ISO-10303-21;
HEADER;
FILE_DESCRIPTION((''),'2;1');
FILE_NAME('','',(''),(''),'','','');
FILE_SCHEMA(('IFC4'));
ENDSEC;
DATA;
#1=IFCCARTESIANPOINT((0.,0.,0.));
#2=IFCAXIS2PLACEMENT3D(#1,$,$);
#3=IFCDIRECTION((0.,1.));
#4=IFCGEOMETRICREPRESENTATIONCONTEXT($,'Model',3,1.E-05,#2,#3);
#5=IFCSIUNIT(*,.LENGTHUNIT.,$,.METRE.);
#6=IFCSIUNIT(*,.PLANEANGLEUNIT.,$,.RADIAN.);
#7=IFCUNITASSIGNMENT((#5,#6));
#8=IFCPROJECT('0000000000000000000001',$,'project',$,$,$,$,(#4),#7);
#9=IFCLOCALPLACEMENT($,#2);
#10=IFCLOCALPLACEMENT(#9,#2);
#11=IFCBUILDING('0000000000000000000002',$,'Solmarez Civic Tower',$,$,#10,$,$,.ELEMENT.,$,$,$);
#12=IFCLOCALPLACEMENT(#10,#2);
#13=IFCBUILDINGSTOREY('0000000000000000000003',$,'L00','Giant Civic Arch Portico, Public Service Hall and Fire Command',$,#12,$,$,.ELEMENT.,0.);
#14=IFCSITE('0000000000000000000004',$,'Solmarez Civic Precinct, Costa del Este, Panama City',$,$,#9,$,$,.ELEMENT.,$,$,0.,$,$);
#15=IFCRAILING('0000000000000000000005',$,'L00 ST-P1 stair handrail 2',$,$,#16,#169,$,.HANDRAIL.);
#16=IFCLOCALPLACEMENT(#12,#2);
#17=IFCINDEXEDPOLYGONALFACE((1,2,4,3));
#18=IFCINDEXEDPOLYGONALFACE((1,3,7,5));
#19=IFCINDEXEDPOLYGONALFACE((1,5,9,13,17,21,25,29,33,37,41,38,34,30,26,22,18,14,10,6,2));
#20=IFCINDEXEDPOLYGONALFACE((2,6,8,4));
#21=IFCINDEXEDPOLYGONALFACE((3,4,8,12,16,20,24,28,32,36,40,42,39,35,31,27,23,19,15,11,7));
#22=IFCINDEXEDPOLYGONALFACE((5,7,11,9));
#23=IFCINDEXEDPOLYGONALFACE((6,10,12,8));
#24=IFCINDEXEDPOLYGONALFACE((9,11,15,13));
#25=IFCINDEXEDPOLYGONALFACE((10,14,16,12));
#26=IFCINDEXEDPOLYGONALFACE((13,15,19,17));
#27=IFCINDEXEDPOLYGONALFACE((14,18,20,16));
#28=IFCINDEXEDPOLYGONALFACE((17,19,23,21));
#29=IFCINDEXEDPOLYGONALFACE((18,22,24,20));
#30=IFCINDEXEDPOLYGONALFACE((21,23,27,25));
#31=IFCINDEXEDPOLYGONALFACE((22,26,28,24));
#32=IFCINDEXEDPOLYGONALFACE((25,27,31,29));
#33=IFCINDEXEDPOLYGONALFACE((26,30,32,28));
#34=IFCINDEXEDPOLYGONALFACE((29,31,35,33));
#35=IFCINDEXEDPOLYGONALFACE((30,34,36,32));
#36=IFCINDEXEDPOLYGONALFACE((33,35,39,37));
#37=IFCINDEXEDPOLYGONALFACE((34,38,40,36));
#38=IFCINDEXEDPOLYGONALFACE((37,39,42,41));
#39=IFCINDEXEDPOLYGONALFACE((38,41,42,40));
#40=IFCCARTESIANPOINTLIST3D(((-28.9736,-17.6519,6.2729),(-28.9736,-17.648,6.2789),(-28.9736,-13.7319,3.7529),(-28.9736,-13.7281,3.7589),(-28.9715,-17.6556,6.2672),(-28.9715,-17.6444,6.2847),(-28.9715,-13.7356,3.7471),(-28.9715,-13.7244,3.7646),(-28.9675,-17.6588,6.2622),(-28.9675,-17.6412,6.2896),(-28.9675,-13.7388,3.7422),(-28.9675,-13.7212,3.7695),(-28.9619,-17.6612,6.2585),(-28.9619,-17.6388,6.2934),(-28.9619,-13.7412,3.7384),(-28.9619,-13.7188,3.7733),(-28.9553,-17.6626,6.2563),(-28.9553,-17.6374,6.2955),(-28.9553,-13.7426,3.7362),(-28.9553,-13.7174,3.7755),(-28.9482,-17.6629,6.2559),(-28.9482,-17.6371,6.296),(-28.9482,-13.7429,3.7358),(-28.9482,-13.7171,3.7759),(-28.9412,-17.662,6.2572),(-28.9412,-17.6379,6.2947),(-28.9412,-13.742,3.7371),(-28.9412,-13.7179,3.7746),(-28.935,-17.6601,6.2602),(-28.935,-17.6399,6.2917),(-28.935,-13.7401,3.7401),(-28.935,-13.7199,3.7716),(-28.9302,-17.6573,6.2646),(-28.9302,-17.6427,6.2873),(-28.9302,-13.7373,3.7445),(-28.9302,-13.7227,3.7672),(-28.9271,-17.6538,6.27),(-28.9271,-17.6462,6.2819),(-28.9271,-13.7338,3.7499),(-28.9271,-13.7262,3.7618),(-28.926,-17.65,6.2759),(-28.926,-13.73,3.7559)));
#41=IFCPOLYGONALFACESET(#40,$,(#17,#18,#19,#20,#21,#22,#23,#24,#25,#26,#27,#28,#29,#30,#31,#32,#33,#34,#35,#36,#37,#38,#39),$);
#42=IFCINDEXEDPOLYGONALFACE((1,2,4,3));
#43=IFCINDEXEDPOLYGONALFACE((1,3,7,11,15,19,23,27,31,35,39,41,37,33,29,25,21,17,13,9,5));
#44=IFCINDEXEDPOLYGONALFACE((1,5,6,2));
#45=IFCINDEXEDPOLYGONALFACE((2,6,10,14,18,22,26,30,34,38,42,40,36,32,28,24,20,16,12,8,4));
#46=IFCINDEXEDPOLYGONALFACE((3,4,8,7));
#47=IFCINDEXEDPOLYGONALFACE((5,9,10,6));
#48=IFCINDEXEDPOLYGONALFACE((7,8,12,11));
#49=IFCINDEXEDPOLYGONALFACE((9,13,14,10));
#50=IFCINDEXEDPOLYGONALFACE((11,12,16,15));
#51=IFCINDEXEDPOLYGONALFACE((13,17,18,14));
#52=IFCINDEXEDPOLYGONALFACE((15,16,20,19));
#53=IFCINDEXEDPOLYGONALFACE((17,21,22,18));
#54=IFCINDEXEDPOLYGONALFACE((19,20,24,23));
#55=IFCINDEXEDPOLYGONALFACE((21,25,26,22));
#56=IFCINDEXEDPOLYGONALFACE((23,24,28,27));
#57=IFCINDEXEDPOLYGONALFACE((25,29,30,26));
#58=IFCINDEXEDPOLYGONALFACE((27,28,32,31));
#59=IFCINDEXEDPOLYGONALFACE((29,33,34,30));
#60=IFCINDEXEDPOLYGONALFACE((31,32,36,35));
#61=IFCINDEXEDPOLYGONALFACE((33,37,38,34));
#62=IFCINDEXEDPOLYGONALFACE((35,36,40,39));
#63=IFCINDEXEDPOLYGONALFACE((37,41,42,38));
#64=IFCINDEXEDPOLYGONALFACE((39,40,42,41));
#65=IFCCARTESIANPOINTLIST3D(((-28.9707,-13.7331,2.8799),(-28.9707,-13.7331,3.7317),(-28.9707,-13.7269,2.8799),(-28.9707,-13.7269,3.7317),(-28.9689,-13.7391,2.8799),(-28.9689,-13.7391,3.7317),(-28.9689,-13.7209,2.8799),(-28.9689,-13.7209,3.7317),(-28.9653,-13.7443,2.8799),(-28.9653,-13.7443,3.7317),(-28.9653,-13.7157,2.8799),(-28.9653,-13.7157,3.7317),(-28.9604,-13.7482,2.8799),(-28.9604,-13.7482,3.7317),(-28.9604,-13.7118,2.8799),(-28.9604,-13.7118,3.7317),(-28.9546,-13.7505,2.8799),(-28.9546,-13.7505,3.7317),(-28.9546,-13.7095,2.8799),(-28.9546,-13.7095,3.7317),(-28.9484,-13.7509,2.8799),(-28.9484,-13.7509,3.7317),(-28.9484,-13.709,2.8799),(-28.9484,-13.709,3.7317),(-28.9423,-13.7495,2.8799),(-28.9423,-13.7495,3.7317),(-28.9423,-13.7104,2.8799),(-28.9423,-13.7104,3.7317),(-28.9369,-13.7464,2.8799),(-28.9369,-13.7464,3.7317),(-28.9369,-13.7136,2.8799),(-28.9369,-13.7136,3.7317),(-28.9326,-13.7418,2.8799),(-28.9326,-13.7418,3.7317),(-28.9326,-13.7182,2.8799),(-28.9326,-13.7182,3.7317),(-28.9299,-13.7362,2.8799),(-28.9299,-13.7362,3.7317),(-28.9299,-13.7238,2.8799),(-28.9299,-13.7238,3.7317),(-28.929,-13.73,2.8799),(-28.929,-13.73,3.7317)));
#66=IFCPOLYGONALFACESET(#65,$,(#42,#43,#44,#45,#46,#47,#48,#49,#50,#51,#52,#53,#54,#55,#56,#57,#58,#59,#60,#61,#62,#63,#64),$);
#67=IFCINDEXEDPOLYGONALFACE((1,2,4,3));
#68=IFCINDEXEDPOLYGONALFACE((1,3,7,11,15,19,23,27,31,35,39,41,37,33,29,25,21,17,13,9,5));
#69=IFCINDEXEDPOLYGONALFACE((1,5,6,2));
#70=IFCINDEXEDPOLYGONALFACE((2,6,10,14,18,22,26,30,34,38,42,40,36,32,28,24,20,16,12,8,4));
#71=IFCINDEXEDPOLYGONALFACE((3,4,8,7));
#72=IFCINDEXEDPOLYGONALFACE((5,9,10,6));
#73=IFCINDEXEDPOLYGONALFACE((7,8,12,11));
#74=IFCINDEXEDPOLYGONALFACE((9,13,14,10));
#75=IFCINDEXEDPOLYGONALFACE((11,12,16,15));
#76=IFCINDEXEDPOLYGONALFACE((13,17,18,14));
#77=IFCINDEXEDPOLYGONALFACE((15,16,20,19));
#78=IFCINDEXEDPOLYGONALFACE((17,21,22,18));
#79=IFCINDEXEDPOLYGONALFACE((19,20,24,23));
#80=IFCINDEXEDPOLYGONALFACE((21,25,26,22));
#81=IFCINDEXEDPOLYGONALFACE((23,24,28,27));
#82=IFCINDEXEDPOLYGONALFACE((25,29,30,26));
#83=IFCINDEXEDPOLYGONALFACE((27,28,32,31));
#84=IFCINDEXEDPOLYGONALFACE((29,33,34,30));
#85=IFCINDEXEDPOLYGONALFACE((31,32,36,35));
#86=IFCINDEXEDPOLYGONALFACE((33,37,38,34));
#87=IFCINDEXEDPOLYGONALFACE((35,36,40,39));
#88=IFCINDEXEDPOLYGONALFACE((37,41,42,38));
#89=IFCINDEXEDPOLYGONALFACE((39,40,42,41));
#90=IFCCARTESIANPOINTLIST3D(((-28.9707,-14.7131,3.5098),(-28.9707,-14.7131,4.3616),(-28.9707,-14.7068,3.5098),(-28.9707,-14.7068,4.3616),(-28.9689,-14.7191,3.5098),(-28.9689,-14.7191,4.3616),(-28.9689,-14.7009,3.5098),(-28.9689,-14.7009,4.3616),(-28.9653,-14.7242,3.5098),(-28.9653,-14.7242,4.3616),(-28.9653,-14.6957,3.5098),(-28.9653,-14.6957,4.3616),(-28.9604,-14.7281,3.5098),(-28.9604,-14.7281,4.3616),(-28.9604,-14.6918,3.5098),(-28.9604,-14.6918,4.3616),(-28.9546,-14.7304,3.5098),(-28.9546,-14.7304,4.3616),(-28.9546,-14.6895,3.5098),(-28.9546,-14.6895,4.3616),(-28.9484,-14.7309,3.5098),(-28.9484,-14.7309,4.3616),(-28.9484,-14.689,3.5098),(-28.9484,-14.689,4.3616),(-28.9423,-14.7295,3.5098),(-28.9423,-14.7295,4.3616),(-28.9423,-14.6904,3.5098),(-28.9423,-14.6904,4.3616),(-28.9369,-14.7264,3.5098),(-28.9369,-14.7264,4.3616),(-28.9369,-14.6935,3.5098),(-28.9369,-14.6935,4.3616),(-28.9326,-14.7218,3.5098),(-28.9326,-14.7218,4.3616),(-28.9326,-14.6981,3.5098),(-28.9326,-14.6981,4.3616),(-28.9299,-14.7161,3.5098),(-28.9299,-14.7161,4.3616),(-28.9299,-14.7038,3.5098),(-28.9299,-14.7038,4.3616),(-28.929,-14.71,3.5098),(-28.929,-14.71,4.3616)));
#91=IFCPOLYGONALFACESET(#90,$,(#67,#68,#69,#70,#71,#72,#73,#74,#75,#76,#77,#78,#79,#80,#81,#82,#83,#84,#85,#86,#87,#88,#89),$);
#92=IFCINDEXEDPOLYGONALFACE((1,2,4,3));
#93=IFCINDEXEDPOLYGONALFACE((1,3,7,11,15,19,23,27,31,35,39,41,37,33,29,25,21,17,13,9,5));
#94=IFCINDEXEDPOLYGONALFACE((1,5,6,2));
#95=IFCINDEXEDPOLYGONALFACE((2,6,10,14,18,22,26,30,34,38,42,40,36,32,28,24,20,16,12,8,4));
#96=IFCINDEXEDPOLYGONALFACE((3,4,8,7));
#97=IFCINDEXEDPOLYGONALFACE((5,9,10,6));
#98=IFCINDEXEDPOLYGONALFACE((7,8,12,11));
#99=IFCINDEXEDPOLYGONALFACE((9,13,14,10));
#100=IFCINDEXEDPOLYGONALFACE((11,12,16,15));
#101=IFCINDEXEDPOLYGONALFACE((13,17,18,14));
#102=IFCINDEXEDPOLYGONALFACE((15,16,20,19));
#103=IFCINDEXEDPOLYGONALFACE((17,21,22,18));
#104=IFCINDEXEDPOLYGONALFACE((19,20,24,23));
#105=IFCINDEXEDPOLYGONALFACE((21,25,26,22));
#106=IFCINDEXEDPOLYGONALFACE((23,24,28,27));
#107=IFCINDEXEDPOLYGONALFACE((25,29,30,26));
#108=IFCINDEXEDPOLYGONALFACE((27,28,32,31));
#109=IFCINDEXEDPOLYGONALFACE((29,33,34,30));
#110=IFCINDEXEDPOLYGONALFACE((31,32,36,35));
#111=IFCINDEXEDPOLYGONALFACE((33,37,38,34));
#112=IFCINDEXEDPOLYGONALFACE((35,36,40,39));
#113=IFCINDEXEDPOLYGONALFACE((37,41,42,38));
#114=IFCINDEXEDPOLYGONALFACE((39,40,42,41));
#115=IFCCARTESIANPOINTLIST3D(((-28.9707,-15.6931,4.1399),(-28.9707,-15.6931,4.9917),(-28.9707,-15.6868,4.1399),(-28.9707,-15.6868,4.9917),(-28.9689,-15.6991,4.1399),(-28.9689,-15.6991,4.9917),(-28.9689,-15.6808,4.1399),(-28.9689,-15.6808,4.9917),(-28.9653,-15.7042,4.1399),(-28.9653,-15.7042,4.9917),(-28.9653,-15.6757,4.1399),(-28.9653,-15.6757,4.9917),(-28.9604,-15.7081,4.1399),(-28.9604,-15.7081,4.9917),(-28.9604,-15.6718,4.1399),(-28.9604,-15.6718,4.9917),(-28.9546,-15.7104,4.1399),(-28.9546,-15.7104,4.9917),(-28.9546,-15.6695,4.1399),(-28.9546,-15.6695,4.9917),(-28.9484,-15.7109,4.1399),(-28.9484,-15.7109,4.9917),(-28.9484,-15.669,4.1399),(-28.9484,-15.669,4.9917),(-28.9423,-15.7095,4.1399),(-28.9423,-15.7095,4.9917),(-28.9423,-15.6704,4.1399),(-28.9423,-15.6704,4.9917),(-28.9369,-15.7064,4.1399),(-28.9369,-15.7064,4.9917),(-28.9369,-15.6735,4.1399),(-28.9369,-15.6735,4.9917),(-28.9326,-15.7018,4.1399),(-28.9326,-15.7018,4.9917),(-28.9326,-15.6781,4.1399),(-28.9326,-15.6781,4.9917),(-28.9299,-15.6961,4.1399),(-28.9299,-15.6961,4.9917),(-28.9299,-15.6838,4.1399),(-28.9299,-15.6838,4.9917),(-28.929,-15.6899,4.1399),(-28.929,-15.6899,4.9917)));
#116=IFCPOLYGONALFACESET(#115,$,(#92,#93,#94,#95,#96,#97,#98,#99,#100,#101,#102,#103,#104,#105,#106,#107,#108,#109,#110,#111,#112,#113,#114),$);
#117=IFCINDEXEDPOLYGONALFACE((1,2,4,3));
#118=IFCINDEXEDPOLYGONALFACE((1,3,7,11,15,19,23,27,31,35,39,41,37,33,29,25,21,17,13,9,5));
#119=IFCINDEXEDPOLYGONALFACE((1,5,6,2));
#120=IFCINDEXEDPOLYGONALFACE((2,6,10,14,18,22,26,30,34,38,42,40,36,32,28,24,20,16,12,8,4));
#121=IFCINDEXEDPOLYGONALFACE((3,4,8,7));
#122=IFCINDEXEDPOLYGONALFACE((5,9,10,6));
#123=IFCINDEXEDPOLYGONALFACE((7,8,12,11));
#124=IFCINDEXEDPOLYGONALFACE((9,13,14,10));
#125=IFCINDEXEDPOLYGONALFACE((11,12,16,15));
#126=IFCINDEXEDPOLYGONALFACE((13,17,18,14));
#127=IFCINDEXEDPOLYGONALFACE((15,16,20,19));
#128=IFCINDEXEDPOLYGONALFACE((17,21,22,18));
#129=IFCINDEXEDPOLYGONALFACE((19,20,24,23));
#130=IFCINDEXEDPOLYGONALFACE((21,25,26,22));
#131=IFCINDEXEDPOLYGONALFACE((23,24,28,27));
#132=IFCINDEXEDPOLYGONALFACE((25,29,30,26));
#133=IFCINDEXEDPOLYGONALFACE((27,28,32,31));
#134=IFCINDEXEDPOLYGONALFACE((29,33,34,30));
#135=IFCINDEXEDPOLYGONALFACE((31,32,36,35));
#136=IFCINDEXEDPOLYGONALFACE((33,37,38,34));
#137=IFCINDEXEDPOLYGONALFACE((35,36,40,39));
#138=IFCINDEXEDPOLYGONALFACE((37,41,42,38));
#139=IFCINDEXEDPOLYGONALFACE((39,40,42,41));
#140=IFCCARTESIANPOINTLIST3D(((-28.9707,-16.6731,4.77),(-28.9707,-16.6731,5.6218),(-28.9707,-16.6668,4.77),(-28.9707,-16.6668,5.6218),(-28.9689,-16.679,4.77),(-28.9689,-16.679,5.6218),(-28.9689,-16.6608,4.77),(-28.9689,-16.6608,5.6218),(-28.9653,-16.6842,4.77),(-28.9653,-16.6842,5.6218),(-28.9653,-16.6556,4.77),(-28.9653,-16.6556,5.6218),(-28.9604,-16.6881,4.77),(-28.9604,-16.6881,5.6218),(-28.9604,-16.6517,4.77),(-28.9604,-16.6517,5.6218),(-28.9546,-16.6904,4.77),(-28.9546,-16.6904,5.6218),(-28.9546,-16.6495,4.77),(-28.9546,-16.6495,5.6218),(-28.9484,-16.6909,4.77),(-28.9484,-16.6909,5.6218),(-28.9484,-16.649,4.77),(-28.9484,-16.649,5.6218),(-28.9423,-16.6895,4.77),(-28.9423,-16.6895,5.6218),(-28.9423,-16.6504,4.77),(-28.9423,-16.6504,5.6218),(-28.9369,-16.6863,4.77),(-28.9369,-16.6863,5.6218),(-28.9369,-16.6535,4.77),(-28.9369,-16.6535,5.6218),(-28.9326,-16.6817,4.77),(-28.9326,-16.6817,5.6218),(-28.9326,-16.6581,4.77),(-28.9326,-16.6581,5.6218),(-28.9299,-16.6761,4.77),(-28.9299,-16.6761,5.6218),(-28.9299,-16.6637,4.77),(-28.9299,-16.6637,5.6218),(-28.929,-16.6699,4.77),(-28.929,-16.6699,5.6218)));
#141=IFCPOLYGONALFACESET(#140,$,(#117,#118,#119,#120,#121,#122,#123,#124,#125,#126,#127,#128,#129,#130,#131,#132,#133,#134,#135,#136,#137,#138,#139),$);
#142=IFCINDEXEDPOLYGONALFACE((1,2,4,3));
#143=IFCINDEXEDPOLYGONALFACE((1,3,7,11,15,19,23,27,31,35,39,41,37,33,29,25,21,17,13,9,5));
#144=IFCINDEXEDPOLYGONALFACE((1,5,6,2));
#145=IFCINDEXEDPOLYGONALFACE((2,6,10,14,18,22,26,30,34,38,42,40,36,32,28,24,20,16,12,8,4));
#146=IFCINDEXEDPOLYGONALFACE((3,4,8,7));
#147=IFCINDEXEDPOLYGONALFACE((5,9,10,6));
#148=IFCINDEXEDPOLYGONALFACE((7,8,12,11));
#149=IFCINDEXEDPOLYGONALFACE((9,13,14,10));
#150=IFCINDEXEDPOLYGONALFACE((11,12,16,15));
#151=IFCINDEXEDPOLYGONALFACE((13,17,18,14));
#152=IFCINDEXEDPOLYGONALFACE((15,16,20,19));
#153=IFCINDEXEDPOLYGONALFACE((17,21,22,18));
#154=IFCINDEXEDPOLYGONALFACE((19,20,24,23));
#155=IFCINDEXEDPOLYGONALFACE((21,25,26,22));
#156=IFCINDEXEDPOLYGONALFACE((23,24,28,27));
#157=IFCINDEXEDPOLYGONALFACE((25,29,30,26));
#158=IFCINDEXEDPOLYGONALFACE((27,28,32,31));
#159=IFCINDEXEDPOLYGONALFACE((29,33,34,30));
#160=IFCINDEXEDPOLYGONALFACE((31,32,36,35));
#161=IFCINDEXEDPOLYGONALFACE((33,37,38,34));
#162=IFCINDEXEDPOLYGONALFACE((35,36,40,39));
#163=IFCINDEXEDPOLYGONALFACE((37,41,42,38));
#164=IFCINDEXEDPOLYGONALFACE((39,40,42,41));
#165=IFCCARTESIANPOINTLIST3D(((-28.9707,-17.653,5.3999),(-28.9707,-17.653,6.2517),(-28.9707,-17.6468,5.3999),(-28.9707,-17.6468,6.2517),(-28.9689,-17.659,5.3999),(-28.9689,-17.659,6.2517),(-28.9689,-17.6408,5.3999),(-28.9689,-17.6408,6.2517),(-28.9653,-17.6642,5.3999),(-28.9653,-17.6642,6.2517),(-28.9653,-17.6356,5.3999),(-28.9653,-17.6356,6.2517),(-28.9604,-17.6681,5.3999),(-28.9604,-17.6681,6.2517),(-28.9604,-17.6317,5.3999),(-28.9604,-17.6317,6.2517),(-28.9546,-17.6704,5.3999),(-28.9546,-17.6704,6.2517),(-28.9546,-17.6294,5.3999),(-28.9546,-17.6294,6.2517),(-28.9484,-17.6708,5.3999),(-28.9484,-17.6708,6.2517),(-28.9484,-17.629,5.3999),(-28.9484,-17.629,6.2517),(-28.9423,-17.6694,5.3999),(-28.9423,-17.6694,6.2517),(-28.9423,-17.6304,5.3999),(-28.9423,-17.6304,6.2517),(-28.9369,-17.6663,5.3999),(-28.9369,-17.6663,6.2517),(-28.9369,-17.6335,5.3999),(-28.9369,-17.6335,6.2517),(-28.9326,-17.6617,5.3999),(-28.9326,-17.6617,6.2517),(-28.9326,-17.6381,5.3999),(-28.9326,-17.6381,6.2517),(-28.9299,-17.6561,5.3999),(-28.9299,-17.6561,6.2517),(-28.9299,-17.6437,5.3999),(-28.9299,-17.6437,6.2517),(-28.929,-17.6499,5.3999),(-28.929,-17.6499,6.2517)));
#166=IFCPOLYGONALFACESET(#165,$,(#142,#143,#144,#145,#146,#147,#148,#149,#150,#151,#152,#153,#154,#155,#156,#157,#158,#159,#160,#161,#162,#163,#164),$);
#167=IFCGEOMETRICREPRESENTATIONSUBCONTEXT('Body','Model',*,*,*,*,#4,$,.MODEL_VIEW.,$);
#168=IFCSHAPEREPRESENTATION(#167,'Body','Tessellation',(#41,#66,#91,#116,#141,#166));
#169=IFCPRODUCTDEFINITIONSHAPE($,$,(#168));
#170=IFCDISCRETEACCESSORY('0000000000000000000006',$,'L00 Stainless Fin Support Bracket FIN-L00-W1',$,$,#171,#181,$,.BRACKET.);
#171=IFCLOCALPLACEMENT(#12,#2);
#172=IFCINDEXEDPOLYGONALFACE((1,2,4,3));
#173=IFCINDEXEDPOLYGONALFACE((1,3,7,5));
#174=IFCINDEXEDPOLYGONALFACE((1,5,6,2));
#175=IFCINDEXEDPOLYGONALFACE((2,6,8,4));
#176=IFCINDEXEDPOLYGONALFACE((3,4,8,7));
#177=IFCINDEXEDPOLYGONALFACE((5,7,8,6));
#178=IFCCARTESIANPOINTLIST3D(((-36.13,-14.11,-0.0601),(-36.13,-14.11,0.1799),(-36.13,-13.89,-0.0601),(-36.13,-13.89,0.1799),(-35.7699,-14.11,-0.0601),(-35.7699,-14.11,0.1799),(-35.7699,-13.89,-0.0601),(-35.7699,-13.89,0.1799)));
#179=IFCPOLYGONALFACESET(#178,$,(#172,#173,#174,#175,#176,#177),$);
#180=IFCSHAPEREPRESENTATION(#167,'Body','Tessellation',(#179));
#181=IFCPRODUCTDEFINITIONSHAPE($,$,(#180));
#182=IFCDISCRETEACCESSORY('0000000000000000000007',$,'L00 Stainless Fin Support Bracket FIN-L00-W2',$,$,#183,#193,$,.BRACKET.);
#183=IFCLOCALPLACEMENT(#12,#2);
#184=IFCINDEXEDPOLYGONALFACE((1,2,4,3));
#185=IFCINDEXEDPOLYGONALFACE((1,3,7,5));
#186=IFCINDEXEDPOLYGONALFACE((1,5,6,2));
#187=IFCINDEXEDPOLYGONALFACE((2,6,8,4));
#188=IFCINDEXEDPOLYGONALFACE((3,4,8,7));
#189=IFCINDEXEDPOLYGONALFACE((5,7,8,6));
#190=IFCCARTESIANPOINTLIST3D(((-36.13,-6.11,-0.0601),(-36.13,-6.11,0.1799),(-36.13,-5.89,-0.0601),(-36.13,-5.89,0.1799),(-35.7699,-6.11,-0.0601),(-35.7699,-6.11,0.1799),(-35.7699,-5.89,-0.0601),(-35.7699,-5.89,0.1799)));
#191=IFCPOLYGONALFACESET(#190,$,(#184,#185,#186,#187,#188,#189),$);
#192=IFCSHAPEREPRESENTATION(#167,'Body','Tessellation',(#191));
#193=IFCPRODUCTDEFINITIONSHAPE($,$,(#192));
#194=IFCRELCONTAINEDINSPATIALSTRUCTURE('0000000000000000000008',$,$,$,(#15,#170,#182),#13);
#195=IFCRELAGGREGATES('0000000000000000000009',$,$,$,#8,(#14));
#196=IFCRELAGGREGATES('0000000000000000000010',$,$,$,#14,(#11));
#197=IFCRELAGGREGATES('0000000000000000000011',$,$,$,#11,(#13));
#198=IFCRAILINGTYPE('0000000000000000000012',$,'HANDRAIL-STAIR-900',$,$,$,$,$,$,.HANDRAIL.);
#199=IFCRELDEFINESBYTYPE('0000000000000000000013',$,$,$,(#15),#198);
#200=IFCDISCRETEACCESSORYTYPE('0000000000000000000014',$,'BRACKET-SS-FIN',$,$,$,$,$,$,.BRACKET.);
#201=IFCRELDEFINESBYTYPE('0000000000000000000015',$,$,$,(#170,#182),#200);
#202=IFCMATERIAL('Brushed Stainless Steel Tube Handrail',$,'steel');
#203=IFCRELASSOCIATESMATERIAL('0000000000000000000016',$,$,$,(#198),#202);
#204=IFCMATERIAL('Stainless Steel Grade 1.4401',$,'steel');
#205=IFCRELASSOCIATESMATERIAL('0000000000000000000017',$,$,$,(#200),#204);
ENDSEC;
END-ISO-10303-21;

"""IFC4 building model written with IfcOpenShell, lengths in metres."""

from ifc_helpers import new_model, si_unit, direction, frame, origin, origin_2d, place, context, subcontext, project, spatial, rectangle, circle, extrude, material, type_object, element, save


model = new_model("IFC4")

# Units and contexts
model_context = context("Model", 3, precision=1e-05, world=origin(), true_north=direction((0.0, 1.0)))
body_context = subcontext(model_context, "Body", "Model", "MODEL_VIEW")
ifc_project = project(units=[si_unit("LENGTHUNIT", "METRE"), si_unit("PLANEANGLEUNIT", "RADIAN")], contexts=[model_context])

# Site, building, storey
site_placement = place(None, origin())
site = spatial("IfcSite", under=ifc_project, at=site_placement, Name="Solmarez Civic Precinct, Costa del Este, Panama City", CompositionType="ELEMENT", RefElevation=0.0)
building_placement = place(site_placement, origin())
building = spatial("IfcBuilding", under=site, at=building_placement, Name="Solmarez Civic Tower", CompositionType="ELEMENT")
storey_placement = place(building_placement, origin())
storey = spatial("IfcBuildingStorey", under=building, at=storey_placement, Name="L00", Description="Giant Civic Arch Portico, Public Service Hall and Fire Command", CompositionType="ELEMENT", Elevation=0.0)

# Railing
ifc_material_1 = material(Name="Brushed Stainless Steel Tube Handrail", Category="steel")
railing_type_1 = type_object("IfcRailingType", Name="HANDRAIL-STAIR-900", PredefinedType="HANDRAIL", material=ifc_material_1)
railing_1_placement = place(storey_placement, frame((-28.95, -13.73, 2.8799)))
element("IfcRailing", 1, at=railing_1_placement, inside=storey, type_object=railing_type_1, Name="L00 ST-P1 stair handrail 2", PredefinedType="HANDRAIL", context=body_context, shape_type="SweptSolid", body=[
    extrude(circle(Radius=0.0239, at=origin_2d()), frame((0.0, 0.0, 0.876), z_axis=(0.0, -0.841172, 0.540768), x_axis=(1.0, 0.0, 0.0)), (0.0, 0.0, 1.0), 4.6602),
    extrude(circle(Radius=0.021, at=origin_2d()), origin(), (0.0, 0.0, 1.0), 0.8518),
    extrude(circle(Radius=0.021, at=origin_2d()), frame((0.0, -0.98, 0.6299)), (0.0, 0.0, 1.0), 0.8518),
    extrude(circle(Radius=0.021, at=origin_2d()), frame((0.0, -1.96, 1.26)), (0.0, 0.0, 1.0), 0.8518),
    extrude(circle(Radius=0.021, at=origin_2d()), frame((0.0, -2.9399, 1.8901)), (0.0, 0.0, 1.0), 0.8518),
    extrude(circle(Radius=0.021, at=origin_2d()), frame((0.0, -3.9199, 2.52)), (0.0, 0.0, 1.0), 0.8518),
])

# Discrete accessories
ifc_material_2 = material(Name="Stainless Steel Grade 1.4401", Category="steel")
discrete_accessory_type = type_object("IfcDiscreteAccessoryType", Name="BRACKET-SS-FIN", PredefinedType="BRACKET", material=ifc_material_2)
for number, where, z_axis, x_axis, name in (
    (2, (-35.95, -14.0, -0.0601), (0.0, 0.0, 1.0), (-1.0, 0.0, 0.0), "L00 Stainless Fin Support Bracket FIN-L00-W1"),
    (3, (-35.95, -6.0, -0.0601), (0.0, 0.0, 1.0), (-1.0, 0.0, 0.0), "L00 Stainless Fin Support Bracket FIN-L00-W2"),
):
    element("IfcDiscreteAccessory", number, at=place(storey_placement, frame(where, z_axis=z_axis, x_axis=x_axis)), inside=storey, type_object=discrete_accessory_type, Name=name, PredefinedType="BRACKET", context=body_context, shape_type="SweptSolid", body=[
        extrude(rectangle(XDim=0.3601, YDim=0.22, at=origin_2d()), origin(), (0.0, 0.0, 1.0), 0.24),
    ])

save(model, "model.ifc")
